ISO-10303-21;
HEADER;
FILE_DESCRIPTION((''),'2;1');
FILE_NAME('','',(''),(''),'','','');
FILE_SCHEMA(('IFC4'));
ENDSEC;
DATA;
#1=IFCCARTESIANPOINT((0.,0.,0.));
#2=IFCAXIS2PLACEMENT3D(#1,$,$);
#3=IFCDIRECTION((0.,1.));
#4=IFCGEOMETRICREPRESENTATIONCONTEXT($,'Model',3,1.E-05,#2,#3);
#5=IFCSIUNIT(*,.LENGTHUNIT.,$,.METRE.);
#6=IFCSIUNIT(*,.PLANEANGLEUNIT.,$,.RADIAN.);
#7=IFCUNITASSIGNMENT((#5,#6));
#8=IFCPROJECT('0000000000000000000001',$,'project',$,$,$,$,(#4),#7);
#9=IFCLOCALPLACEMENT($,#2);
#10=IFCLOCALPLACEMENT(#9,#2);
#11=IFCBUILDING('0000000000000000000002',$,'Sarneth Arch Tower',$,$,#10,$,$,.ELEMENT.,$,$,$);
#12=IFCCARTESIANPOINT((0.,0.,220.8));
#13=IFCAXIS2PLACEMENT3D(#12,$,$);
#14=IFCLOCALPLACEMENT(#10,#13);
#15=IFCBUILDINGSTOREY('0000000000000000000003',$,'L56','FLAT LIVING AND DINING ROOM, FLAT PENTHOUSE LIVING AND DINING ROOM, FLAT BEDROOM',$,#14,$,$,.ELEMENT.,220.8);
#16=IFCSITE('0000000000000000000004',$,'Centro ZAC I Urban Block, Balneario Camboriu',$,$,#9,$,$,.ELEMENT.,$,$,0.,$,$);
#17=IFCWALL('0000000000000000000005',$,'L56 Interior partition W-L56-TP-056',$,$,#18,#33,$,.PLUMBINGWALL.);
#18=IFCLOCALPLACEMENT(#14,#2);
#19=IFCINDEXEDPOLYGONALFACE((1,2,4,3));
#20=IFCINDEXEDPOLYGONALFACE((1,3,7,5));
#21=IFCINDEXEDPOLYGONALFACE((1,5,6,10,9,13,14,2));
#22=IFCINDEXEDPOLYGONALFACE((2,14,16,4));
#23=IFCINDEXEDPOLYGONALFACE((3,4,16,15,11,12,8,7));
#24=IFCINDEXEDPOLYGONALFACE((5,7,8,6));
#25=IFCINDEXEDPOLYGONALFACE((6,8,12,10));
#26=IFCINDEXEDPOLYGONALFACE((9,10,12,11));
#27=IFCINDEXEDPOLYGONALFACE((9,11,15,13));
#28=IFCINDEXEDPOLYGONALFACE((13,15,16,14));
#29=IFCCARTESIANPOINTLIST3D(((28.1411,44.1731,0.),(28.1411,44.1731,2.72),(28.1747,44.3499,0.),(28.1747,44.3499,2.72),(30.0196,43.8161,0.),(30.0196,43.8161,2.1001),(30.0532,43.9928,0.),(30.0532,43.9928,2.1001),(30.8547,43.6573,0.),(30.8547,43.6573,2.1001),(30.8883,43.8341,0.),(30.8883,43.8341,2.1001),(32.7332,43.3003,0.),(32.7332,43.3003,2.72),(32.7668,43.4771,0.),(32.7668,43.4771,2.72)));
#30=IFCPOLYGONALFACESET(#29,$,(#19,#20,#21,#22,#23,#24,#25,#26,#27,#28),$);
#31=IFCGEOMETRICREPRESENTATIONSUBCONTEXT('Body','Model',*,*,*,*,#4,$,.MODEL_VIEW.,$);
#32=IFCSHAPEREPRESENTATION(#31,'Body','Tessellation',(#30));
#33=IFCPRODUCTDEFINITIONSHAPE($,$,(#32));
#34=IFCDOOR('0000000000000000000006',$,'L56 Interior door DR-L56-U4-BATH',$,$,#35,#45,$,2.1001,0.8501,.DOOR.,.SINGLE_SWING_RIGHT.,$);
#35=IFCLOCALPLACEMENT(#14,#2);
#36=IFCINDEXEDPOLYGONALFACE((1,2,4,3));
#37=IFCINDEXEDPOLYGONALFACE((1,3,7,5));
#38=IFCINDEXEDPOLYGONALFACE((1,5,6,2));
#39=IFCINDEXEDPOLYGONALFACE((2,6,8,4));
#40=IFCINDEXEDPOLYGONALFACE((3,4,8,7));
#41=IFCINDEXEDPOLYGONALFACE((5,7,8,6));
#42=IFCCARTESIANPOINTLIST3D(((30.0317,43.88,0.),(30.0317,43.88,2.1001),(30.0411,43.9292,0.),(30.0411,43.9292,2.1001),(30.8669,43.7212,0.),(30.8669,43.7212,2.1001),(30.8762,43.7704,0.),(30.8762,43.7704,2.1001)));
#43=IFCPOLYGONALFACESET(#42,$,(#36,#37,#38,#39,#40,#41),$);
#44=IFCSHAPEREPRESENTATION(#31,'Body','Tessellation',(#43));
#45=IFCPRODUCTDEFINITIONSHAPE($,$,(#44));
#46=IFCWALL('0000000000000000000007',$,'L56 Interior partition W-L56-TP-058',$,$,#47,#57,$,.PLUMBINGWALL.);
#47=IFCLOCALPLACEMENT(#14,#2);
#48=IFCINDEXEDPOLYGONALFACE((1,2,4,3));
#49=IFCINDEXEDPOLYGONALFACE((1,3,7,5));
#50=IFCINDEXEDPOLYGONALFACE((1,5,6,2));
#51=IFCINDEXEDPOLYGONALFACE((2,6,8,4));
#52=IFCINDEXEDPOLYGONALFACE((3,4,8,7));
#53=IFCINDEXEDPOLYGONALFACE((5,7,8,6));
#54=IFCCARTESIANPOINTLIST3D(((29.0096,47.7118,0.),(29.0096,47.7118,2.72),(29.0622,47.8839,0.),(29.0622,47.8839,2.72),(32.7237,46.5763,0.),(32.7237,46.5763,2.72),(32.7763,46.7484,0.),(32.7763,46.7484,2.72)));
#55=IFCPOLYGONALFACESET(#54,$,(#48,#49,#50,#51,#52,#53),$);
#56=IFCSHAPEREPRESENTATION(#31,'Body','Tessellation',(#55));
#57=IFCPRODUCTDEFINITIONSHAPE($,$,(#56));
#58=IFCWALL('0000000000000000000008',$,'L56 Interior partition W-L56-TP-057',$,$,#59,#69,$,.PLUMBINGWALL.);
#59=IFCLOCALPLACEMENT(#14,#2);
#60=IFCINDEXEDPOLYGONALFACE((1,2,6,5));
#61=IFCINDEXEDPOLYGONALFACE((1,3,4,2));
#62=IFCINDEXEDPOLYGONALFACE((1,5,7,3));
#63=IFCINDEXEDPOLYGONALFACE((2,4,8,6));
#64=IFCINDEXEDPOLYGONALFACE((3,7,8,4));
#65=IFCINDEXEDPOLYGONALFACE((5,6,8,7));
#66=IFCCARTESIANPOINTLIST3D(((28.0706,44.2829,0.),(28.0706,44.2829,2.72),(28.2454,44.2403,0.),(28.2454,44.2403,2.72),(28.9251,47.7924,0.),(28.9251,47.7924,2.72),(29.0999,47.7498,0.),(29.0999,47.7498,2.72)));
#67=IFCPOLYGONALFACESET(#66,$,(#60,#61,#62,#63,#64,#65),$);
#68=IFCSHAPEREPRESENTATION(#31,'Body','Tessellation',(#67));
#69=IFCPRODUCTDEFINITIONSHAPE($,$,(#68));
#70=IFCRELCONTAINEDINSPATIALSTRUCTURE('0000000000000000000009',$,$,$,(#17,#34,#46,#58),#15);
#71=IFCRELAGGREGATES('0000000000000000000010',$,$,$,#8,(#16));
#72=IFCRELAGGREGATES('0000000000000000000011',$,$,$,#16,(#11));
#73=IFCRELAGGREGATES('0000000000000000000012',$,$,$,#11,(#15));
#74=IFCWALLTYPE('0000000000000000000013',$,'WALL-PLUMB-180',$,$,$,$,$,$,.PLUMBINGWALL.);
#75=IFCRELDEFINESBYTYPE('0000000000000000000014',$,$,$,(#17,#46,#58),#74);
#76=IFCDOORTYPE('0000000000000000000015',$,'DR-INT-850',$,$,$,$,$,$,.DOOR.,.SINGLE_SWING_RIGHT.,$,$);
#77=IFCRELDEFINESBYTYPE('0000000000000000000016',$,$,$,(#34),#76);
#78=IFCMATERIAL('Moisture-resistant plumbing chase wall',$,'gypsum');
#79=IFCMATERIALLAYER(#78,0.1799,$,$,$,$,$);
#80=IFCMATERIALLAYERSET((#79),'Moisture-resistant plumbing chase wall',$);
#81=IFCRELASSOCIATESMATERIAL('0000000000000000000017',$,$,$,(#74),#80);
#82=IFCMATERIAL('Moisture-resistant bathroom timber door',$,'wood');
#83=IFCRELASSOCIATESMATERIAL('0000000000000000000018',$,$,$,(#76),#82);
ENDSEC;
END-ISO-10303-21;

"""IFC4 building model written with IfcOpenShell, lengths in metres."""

from ifc_helpers import new_model, si_unit, direction, frame, frame_2d, origin, place, context, subcontext, project, spatial, rectangle, extrude, material, layer, layer_set, type_object, element, fill, save


model = new_model("IFC4")

# Units and contexts
model_context = context("Model", 3, precision=1e-05, world=origin(), true_north=direction((0.0, 1.0)))
body_context = subcontext(model_context, "Body", "Model", "MODEL_VIEW")
ifc_project = project(units=[si_unit("LENGTHUNIT", "METRE"), si_unit("PLANEANGLEUNIT", "RADIAN")], contexts=[model_context])

# Site, building, storey
site_placement = place(None, origin())
site = spatial("IfcSite", under=ifc_project, at=site_placement, Name="Centro ZAC I Urban Block, Balneario Camboriu", CompositionType="ELEMENT", RefElevation=0.0)
building_placement = place(site_placement, origin())
building = spatial("IfcBuilding", under=site, at=building_placement, Name="Sarneth Arch Tower", CompositionType="ELEMENT")
storey_placement = place(building_placement, frame((0.0, 0.0, 220.8)))
storey = spatial("IfcBuildingStorey", under=building, at=storey_placement, Name="L56", Description="FLAT LIVING AND DINING ROOM, FLAT PENTHOUSE LIVING AND DINING ROOM, FLAT BEDROOM", CompositionType="ELEMENT", Elevation=220.8)

# Wall, opening, door
ifc_material_1 = material(Name="Moisture-resistant plumbing chase wall", Category="gypsum")
ifc_layer_1 = layer(ifc_material_1, 0.1799)
ifc_layer_set_1 = layer_set([ifc_layer_1], Name="Moisture-resistant plumbing chase wall")
wall_type_1 = type_object("IfcWallType", Name="WALL-PLUMB-180", PredefinedType="PLUMBINGWALL", material=ifc_layer_set_1)
wall_1_placement = place(storey_placement, frame((32.75, 43.3887, 0.0), z_axis=(0.0, 0.0, 1.0), x_axis=(-0.982412, 0.186726, 0.0)))
wall_1 = element("IfcWall", 1, at=wall_1_placement, inside=storey, type_object=wall_type_1, Name="L56 Interior partition W-L56-TP-056", PredefinedType="PLUMBINGWALL", context=body_context, shape_type="SweptSolid", body=[
    extrude(rectangle(XDim=4.6743, YDim=0.1799, at=frame_2d((2.3372, 0.0))), origin(), (0.0, 0.0, 1.0), 2.72),
])
opening_1_placement = place(wall_1_placement, frame((1.9121, 0.0, 0.0)))
opening_1 = element("IfcOpeningElement", 2, at=opening_1_placement, cuts=wall_1, PredefinedType="OPENING", context=body_context, shape_type="SweptSolid", body=[
    extrude(rectangle(XDim=0.8501, YDim=2.1001, at=frame_2d((0.425, 1.05))), frame((0.0, 0.0999, 0.0), z_axis=(0.0, -1.0, 0.0), x_axis=(1.0, 0.0, 0.0)), (0.0, 0.0, 1.0), 0.2),
])
ifc_material_2 = material(Name="Moisture-resistant bathroom timber door", Category="wood")
door_type_1 = type_object("IfcDoorType", Name="DR-INT-850", OperationType="SINGLE_SWING_RIGHT", PredefinedType="DOOR", material=ifc_material_2)
door_1_placement = place(opening_1_placement, origin())
door_1 = element("IfcDoor", 3, at=door_1_placement, inside=storey, type_object=door_type_1, Name="L56 Interior door DR-L56-U4-BATH", OperationType="SINGLE_SWING_RIGHT", OverallHeight=2.1001, OverallWidth=0.8501, PredefinedType="DOOR", context=body_context, shape_type="SweptSolid", body=[
    extrude(rectangle(XDim=0.8501, YDim=2.1001, at=frame_2d((0.425, 1.05))), frame((0.0, 0.0249, 0.0), z_axis=(0.0, -1.0, 0.0), x_axis=(1.0, 0.0, 0.0)), (0.0, 0.0, 1.0), 0.05),
])
fill(opening_1, door_1)

# Walls
wall_2_placement = place(storey_placement, frame((29.0359, 47.7979, 0.0), z_axis=(0.0, 0.0, 1.0), x_axis=(0.956306, -0.292367, 0.0)))
element("IfcWall", 4, at=wall_2_placement, inside=storey, type_object=wall_type_1, Name="L56 Interior partition W-L56-TP-058", PredefinedType="PLUMBINGWALL", context=body_context, shape_type="SweptSolid", body=[
    extrude(rectangle(XDim=3.8838, YDim=0.1799, at=frame_2d((1.9419, 0.0))), origin(), (0.0, 0.0, 1.0), 2.72),
])
wall_3_placement = place(storey_placement, frame((28.158, 44.2615, 0.0), z_axis=(0.0, 0.0, 1.0), x_axis=(0.236567, 0.971615, 0.0)))
element("IfcWall", 5, at=wall_3_placement, inside=storey, type_object=wall_type_1, Name="L56 Interior partition W-L56-TP-057", PredefinedType="PLUMBINGWALL", context=body_context, shape_type="SweptSolid", body=[
    extrude(rectangle(XDim=3.6121, YDim=0.1799, at=frame_2d((1.8062, 0.0))), origin(), (0.0, 0.0, 1.0), 2.72),
])

save(model, "model.ifc")
